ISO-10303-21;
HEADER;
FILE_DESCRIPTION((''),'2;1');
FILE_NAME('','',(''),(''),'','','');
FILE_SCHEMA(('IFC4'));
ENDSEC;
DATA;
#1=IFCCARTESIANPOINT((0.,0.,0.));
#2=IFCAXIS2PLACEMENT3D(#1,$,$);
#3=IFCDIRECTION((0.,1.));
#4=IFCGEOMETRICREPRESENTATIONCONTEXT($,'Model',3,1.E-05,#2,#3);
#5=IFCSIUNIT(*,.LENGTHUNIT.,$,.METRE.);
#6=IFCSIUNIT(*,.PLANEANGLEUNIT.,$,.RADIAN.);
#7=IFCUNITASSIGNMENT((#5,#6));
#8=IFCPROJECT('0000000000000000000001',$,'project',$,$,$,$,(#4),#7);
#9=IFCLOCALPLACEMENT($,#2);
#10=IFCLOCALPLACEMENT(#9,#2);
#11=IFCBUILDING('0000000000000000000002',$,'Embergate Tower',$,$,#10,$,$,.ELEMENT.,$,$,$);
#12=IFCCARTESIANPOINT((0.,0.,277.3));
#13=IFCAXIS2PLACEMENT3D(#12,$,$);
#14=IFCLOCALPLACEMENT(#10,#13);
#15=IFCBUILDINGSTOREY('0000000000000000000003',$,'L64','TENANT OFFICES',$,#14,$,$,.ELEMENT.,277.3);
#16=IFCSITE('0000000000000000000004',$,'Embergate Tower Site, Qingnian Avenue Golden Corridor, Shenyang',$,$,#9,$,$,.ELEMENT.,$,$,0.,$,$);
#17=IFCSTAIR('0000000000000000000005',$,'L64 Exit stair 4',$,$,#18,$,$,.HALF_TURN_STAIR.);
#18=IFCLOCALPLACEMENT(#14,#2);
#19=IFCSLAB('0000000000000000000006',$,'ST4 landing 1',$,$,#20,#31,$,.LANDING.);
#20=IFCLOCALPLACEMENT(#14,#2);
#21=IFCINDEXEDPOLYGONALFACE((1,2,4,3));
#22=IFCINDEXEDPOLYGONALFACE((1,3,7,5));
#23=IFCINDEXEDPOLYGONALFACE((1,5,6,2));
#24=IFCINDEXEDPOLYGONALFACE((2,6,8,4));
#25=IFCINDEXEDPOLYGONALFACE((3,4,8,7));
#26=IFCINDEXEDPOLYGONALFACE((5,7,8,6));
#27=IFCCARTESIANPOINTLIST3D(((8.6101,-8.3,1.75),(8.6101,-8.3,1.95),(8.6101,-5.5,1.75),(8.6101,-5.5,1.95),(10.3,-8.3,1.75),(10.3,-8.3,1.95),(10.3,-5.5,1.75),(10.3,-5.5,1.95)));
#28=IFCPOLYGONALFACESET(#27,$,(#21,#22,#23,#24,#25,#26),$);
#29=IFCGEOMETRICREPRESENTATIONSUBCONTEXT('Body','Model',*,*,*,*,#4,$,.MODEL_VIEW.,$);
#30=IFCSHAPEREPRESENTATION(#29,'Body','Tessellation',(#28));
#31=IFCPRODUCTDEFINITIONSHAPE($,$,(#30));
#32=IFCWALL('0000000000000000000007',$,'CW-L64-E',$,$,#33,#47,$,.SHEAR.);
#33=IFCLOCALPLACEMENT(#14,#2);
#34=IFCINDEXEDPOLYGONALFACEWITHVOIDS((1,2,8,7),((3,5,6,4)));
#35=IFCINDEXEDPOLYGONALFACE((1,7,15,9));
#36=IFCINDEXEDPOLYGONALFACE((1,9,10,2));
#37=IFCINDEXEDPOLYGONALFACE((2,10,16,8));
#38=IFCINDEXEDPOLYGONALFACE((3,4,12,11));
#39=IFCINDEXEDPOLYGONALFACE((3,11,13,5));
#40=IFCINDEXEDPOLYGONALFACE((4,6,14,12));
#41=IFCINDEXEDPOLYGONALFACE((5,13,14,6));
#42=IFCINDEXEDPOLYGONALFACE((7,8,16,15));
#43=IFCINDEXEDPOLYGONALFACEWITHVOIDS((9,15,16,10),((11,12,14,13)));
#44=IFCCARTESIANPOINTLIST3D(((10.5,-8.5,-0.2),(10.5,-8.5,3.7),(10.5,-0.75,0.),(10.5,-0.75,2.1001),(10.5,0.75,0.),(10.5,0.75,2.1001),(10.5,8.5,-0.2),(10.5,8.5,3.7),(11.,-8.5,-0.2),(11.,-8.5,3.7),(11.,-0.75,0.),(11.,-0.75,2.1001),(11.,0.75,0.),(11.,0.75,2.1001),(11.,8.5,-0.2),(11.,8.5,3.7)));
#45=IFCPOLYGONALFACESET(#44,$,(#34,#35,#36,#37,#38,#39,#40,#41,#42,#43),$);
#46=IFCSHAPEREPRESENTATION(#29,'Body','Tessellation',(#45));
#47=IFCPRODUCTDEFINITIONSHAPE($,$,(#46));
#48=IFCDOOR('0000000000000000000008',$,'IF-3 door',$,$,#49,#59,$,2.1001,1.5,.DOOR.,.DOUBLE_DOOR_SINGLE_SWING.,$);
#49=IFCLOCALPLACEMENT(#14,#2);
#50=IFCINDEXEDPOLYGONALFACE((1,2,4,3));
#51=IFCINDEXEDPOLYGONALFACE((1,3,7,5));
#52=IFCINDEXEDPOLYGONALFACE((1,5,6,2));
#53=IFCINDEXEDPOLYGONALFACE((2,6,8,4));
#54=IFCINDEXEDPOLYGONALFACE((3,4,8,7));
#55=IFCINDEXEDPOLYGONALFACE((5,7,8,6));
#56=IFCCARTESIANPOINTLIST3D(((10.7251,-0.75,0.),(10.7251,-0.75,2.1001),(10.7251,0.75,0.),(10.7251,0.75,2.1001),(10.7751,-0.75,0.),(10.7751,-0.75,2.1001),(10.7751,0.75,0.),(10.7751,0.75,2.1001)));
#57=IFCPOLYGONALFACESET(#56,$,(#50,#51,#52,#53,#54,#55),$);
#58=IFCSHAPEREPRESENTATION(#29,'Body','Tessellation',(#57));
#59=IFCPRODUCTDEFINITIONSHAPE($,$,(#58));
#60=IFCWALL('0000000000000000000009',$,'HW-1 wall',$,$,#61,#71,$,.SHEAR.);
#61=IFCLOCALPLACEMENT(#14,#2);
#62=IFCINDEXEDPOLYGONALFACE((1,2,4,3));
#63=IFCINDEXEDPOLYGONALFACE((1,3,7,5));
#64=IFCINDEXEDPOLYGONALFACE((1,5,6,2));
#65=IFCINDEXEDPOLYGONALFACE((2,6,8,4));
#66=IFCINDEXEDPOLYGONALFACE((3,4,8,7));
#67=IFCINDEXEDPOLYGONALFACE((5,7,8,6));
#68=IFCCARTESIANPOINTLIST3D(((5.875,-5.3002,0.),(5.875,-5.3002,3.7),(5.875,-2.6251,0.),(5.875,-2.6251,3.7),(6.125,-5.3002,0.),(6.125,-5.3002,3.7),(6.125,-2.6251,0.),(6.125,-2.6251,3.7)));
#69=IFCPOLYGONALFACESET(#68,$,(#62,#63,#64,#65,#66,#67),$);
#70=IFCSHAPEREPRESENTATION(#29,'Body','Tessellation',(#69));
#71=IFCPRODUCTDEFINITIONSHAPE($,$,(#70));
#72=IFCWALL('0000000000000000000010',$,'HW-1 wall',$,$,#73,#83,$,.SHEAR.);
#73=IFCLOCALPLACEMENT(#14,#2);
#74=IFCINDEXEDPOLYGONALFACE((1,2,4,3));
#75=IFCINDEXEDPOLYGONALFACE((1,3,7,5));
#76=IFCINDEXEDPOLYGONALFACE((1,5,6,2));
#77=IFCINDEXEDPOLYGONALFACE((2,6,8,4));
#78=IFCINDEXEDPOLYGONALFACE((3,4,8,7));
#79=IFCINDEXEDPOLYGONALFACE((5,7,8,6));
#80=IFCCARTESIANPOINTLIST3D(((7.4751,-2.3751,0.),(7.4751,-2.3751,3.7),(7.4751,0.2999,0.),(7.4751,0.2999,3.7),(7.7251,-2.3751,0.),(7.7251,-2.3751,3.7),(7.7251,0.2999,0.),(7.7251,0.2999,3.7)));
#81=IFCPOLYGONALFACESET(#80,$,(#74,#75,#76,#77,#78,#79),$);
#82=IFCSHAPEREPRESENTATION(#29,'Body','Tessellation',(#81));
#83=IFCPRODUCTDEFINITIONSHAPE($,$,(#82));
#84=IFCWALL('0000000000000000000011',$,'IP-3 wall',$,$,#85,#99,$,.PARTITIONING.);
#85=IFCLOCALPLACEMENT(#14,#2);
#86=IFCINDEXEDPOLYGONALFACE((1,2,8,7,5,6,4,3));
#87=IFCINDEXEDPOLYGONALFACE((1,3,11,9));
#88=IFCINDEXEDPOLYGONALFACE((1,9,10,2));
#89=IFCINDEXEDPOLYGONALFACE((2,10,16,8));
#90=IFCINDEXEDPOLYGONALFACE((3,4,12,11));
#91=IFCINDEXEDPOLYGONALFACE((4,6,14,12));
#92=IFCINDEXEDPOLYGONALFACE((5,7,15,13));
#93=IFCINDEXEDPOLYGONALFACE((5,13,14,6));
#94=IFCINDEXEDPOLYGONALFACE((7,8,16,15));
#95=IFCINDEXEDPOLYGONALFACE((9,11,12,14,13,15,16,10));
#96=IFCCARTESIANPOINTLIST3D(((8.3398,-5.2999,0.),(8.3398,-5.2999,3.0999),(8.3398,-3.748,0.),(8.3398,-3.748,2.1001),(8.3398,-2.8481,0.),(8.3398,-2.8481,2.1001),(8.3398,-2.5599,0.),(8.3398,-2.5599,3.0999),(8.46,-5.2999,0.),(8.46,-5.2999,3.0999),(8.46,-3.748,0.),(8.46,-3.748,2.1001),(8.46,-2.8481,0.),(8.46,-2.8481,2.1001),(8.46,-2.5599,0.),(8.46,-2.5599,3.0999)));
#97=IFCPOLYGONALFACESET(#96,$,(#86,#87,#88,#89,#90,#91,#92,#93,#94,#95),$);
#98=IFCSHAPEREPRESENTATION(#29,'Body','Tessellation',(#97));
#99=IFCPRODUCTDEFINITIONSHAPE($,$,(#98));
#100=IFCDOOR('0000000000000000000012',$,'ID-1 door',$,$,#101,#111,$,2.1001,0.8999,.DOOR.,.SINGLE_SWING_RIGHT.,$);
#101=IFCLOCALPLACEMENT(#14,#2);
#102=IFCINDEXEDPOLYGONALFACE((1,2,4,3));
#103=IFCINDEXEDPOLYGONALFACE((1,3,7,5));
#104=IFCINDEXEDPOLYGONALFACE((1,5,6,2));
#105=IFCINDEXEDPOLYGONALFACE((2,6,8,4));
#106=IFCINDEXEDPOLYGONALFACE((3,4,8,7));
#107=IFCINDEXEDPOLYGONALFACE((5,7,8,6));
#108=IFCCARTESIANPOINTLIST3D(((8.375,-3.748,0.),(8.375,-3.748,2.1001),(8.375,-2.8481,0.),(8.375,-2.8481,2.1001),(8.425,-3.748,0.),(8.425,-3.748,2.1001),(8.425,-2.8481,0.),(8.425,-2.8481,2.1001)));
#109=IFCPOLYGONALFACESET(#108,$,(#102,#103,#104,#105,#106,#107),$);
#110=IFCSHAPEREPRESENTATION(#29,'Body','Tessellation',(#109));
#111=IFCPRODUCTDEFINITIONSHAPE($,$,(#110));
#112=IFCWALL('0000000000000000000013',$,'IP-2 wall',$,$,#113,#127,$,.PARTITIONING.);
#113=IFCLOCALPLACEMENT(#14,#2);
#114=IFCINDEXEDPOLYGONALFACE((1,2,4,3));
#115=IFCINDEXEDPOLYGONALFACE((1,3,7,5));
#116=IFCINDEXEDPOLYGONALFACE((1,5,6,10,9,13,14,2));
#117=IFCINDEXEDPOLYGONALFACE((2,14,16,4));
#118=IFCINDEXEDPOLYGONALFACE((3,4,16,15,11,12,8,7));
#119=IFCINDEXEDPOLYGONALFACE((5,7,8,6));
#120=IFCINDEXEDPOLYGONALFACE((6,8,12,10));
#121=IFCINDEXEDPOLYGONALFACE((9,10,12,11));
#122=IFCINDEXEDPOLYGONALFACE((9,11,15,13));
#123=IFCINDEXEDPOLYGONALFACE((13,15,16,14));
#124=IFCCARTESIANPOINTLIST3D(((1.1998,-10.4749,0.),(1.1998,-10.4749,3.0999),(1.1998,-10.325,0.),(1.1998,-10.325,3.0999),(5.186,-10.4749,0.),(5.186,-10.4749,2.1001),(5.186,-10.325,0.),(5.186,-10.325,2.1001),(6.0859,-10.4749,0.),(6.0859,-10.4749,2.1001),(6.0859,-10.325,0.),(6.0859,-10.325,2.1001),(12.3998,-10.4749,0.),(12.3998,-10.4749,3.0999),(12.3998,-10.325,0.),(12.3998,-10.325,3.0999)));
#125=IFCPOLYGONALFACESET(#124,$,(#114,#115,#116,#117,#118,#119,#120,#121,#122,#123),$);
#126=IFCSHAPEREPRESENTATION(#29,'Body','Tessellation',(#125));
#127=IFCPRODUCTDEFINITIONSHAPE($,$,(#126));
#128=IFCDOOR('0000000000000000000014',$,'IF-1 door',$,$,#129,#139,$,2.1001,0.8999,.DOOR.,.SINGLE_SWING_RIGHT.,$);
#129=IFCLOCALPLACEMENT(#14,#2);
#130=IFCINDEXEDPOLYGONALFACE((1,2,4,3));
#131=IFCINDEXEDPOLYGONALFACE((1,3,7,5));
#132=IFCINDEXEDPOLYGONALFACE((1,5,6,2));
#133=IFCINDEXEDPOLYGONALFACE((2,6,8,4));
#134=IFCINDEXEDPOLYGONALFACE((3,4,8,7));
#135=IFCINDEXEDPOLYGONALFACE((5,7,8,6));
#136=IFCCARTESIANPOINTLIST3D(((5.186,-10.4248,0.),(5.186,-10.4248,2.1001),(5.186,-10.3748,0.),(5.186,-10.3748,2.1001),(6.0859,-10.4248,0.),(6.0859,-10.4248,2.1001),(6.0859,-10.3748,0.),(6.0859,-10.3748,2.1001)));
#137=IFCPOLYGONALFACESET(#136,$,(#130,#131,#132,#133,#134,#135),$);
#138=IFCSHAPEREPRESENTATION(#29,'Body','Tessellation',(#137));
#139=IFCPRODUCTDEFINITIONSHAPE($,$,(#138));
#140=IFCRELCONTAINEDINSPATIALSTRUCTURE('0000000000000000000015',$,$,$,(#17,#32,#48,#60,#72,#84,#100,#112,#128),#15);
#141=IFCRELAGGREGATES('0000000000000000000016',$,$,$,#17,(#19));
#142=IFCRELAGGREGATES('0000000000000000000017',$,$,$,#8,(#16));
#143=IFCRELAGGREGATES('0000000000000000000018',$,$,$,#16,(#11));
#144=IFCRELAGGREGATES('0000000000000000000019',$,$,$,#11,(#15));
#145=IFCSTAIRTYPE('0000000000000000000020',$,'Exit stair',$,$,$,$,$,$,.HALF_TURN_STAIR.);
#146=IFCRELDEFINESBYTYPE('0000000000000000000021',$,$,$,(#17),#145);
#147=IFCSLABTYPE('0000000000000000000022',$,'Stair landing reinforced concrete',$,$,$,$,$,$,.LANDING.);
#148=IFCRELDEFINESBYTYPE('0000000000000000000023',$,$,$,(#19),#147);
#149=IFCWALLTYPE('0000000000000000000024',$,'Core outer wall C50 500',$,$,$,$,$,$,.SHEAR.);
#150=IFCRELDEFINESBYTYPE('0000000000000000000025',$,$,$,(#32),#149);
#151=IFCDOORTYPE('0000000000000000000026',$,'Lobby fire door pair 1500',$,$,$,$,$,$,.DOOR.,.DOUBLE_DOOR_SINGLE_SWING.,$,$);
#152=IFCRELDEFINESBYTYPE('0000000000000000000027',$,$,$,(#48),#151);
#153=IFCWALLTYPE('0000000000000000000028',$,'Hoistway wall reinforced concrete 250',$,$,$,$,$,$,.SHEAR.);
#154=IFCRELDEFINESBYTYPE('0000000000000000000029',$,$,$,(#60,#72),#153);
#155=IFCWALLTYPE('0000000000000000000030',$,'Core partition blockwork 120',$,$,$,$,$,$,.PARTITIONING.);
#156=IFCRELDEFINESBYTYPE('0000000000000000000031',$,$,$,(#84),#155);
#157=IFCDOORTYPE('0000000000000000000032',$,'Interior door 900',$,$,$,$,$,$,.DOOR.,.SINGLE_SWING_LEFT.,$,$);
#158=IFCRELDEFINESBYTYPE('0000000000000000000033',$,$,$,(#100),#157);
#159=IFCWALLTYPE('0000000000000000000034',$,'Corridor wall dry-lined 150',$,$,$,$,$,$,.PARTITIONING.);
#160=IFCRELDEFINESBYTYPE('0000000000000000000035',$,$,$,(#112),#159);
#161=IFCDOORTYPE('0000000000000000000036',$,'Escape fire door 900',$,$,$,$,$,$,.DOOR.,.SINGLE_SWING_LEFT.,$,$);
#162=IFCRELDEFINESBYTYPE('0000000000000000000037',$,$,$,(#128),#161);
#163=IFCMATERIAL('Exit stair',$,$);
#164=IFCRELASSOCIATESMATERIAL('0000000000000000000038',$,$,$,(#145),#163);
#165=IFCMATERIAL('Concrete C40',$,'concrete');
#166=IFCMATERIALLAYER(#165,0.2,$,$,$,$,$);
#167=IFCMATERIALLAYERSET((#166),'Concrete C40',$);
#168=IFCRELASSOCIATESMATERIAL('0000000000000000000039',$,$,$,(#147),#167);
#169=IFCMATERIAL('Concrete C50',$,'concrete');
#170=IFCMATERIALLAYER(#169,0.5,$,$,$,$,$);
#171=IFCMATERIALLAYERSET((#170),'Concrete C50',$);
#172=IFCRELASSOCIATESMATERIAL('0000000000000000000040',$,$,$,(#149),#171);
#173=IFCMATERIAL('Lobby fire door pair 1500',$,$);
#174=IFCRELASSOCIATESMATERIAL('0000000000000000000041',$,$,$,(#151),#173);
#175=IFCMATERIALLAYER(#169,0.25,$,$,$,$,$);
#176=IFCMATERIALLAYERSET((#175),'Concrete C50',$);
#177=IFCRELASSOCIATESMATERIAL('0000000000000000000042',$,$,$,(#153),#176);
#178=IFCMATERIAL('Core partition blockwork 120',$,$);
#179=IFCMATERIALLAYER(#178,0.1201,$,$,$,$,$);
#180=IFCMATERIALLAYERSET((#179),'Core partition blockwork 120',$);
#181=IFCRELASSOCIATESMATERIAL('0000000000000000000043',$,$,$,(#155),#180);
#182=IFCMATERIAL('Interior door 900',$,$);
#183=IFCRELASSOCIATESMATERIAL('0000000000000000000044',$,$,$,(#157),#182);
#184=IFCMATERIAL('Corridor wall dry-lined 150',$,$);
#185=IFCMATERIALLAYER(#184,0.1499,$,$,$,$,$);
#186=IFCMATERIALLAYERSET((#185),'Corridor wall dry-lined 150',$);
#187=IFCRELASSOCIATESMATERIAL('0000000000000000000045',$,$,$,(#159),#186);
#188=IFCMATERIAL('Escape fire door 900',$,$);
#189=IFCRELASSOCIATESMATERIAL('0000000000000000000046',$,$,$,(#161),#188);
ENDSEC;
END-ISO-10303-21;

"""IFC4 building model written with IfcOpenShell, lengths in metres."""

from ifc_helpers import new_model, si_unit, direction, frame, frame_2d, origin, place, context, subcontext, project, spatial, polyline, rectangle, outline, extrude, source, transform, mapped, material, layer, layer_set, type_object, element, fill, aggregate, save


model = new_model("IFC4")

# Units and contexts
model_context = context("Model", 3, precision=1e-05, world=origin(), true_north=direction((0.0, 1.0)))
body_context = subcontext(model_context, "Body", "Model", "MODEL_VIEW")
ifc_project = project(units=[si_unit("LENGTHUNIT", "METRE"), si_unit("PLANEANGLEUNIT", "RADIAN")], contexts=[model_context])

# Site, building, storey
site_placement = place(None, origin())
site = spatial("IfcSite", under=ifc_project, at=site_placement, Name="Embergate Tower Site, Qingnian Avenue Golden Corridor, Shenyang", CompositionType="ELEMENT", RefElevation=0.0)
building_placement = place(site_placement, origin())
building = spatial("IfcBuilding", under=site, at=building_placement, Name="Embergate Tower", CompositionType="ELEMENT")
storey_placement = place(building_placement, frame((0.0, 0.0, 277.3)))
storey = spatial("IfcBuildingStorey", under=building, at=storey_placement, Name="L64", Description="TENANT OFFICES", CompositionType="ELEMENT", Elevation=277.3)

# Stair, slab
ifc_material_1 = material(Name="Exit stair")
stair_type = type_object("IfcStairType", Name="Exit stair", PredefinedType="HALF_TURN_STAIR", material=ifc_material_1)
stair_placement = place(storey_placement, origin())
stair = element("IfcStair", 1, at=stair_placement, inside=storey, type_object=stair_type, Name="L64 Exit stair 4", PredefinedType="HALF_TURN_STAIR")
ifc_material_2 = material(Name="Concrete C40", Category="concrete")
ifc_layer_1 = layer(ifc_material_2, 0.2)
ifc_layer_set_1 = layer_set([ifc_layer_1], Name="Concrete C40")
slab_type = type_object("IfcSlabType", Name="Stair landing reinforced concrete", PredefinedType="LANDING", material=ifc_layer_set_1)
shared_shape_1 = source(origin(), body_context, "Body", "SweptSolid", [
    extrude(outline(polyline([(0.0, 0.0), (1.6899, 0.0), (1.6899, 2.8), (0.0, 2.8), (0.0, 0.0)])), origin(), (0.0, 0.0, 1.0), 0.2),
])
slab_placement = place(storey_placement, frame((8.6101, -8.3, 1.75)))
slab = element("IfcSlab", 2, at=slab_placement, type_object=slab_type, Name="ST4 landing 1", PredefinedType="LANDING", context=body_context, shape_type="MappedRepresentation", body=[
    mapped(shared_shape_1, transform((0.0, 0.0, 0.0))),
])

# Wall, opening, door
ifc_material_3 = material(Name="Concrete C50", Category="concrete")
ifc_layer_2 = layer(ifc_material_3, 0.5)
ifc_layer_set_2 = layer_set([ifc_layer_2], Name="Concrete C50")
wall_type_1 = type_object("IfcWallType", Name="Core outer wall C50 500", PredefinedType="SHEAR", material=ifc_layer_set_2)
shared_shape_2 = source(origin(), body_context, "Body", "SweptSolid", [
    extrude(rectangle(XDim=17.0, YDim=0.5, at=frame_2d((8.5, 0.0))), origin(), (0.0, 0.0, 1.0), 3.8999),
])
wall_1_placement = place(storey_placement, frame((10.75, -8.5, -0.2), z_axis=(0.0, 0.0, 1.0), x_axis=(0.0, 1.0, 0.0)))
wall_1 = element("IfcWall", 3, at=wall_1_placement, inside=storey, type_object=wall_type_1, Name="CW-L64-E", PredefinedType="SHEAR", context=body_context, shape_type="MappedRepresentation", body=[
    mapped(shared_shape_2, transform((0.0, 0.0, 0.0))),
])
shared_shape_3 = source(origin(), body_context, "Body", "SweptSolid", [
    extrude(rectangle(XDim=1.5, YDim=2.1001, at=frame_2d((0.75, 1.05))), frame((0.0, 0.26, 0.0), z_axis=(0.0, -1.0, 0.0), x_axis=(1.0, 0.0, 0.0)), (0.0, 0.0, 1.0), 0.52),
])
opening_1_placement = place(wall_1_placement, frame((7.75, 0.0, 0.2)))
opening_1 = element("IfcOpeningElement", 4, at=opening_1_placement, cuts=wall_1, PredefinedType="OPENING", context=body_context, shape_type="MappedRepresentation", body=[
    mapped(shared_shape_3, transform((0.0, 0.0, 0.0))),
])
ifc_material_4 = material(Name="Lobby fire door pair 1500")
door_type_1 = type_object("IfcDoorType", Name="Lobby fire door pair 1500", OperationType="DOUBLE_DOOR_SINGLE_SWING", PredefinedType="DOOR", material=ifc_material_4)
shared_shape_4 = source(origin(), body_context, "Body", "SweptSolid", [
    extrude(rectangle(XDim=1.5, YDim=2.1001, at=frame_2d((0.75, 1.05))), frame((0.0, 0.0249, 0.0), z_axis=(0.0, -1.0, 0.0), x_axis=(1.0, 0.0, 0.0)), (0.0, 0.0, 1.0), 0.05),
])
door_1_placement = place(opening_1_placement, origin())
door_1 = element("IfcDoor", 5, at=door_1_placement, inside=storey, type_object=door_type_1, Name="IF-3 door", OperationType="DOUBLE_DOOR_SINGLE_SWING", OverallHeight=2.1001, OverallWidth=1.5, PredefinedType="DOOR", context=body_context, shape_type="MappedRepresentation", body=[
    mapped(shared_shape_4, transform((0.0, 0.0, 0.0))),
])
fill(opening_1, door_1)

# Walls
ifc_layer_3 = layer(ifc_material_3, 0.25)
ifc_layer_set_3 = layer_set([ifc_layer_3], Name="Concrete C50")
wall_type_2 = type_object("IfcWallType", Name="Hoistway wall reinforced concrete 250", PredefinedType="SHEAR", material=ifc_layer_set_3)
shared_shape_5 = source(origin(), body_context, "Body", "SweptSolid", [
    extrude(rectangle(XDim=2.675, YDim=0.25, at=frame_2d((1.3374, 0.0))), origin(), (0.0, 0.0, 1.0), 3.7),
])
for number, where, z_axis, x_axis, name in (
    (6, (6.0, -5.3, 0.0), (0.0, 0.0, 1.0), (0.0, 1.0, 0.0), "HW-1 wall"),
    (7, (7.6001, -2.375, 0.0), (0.0, 0.0, 1.0), (0.0, 1.0, 0.0), "HW-1 wall"),
):
    element("IfcWall", number, at=place(storey_placement, frame(where, z_axis=z_axis, x_axis=x_axis)), inside=storey, type_object=wall_type_2, Name=name, PredefinedType="SHEAR", context=body_context, shape_type="MappedRepresentation", body=[
        mapped(shared_shape_5, transform((0.0, 0.0, 0.0))),
    ])

# Walls, openings, doors
ifc_material_5 = material(Name="Core partition blockwork 120")
ifc_layer_4 = layer(ifc_material_5, 0.1201)
ifc_layer_set_4 = layer_set([ifc_layer_4], Name="Core partition blockwork 120")
wall_type_3 = type_object("IfcWallType", Name="Core partition blockwork 120", PredefinedType="PARTITIONING", material=ifc_layer_set_4)
shared_shape_6 = source(origin(), body_context, "Body", "SweptSolid", [
    extrude(rectangle(XDim=2.74, YDim=0.1201, at=frame_2d((1.3701, 0.0))), origin(), (0.0, 0.0, 1.0), 3.0999),
])
wall_2_placement = place(storey_placement, frame((8.3999, -5.3, 0.0), z_axis=(0.0, 0.0, 1.0), x_axis=(0.0, 1.0, 0.0)))
wall_2 = element("IfcWall", 8, at=wall_2_placement, inside=storey, type_object=wall_type_3, Name="IP-3 wall", PredefinedType="PARTITIONING", context=body_context, shape_type="MappedRepresentation", body=[
    mapped(shared_shape_6, transform((0.0, 0.0, 0.0))),
])
shared_shape_7 = source(origin(), body_context, "Body", "SweptSolid", [
    extrude(rectangle(XDim=0.8999, YDim=2.1001, at=frame_2d((0.45, 1.05))), frame((0.0, 0.0701, 0.0), z_axis=(0.0, -1.0, 0.0), x_axis=(1.0, 0.0, 0.0)), (0.0, 0.0, 1.0), 0.1401),
])
opening_2_placement = place(wall_2_placement, frame((1.552, 0.0, 0.0)))
opening_2 = element("IfcOpeningElement", 9, at=opening_2_placement, cuts=wall_2, PredefinedType="OPENING", context=body_context, shape_type="MappedRepresentation", body=[
    mapped(shared_shape_7, transform((0.0, 0.0, 0.0))),
])
ifc_material_6 = material(Name="Interior door 900")
door_type_2 = type_object("IfcDoorType", Name="Interior door 900", OperationType="SINGLE_SWING_LEFT", PredefinedType="DOOR", material=ifc_material_6)
shared_shape_8 = source(origin(), body_context, "Body", "SweptSolid", [
    extrude(rectangle(XDim=0.8999, YDim=2.1001, at=frame_2d((0.45, 1.05))), frame((0.0, 0.0249, 0.0), z_axis=(0.0, -1.0, 0.0), x_axis=(1.0, 0.0, 0.0)), (0.0, 0.0, 1.0), 0.05),
])
door_2_placement = place(opening_2_placement, origin())
door_2 = element("IfcDoor", 10, at=door_2_placement, inside=storey, type_object=door_type_2, Name="ID-1 door", OperationType="SINGLE_SWING_RIGHT", OverallHeight=2.1001, OverallWidth=0.8999, PredefinedType="DOOR", context=body_context, shape_type="MappedRepresentation", body=[
    mapped(shared_shape_8, transform((0.0, 0.0, 0.0))),
])
fill(opening_2, door_2)
ifc_material_7 = material(Name="Corridor wall dry-lined 150")
ifc_layer_5 = layer(ifc_material_7, 0.1499)
ifc_layer_set_5 = layer_set([ifc_layer_5], Name="Corridor wall dry-lined 150")
wall_type_4 = type_object("IfcWallType", Name="Corridor wall dry-lined 150", PredefinedType="PARTITIONING", material=ifc_layer_set_5)
shared_shape_9 = source(origin(), body_context, "Body", "SweptSolid", [
    extrude(rectangle(XDim=11.2, YDim=0.1499, at=frame_2d((5.6001, 0.0))), origin(), (0.0, 0.0, 1.0), 3.0999),
])
wall_3_placement = place(storey_placement, frame((12.3999, -10.3999, 0.0), z_axis=(0.0, 0.0, 1.0), x_axis=(-1.0, 0.0, 0.0)))
wall_3 = element("IfcWall", 11, at=wall_3_placement, inside=storey, type_object=wall_type_4, Name="IP-2 wall", PredefinedType="PARTITIONING", context=body_context, shape_type="MappedRepresentation", body=[
    mapped(shared_shape_9, transform((0.0, 0.0, 0.0))),
])
shared_shape_10 = source(origin(), body_context, "Body", "SweptSolid", [
    extrude(rectangle(XDim=0.8999, YDim=2.1001, at=frame_2d((0.45, 1.05))), frame((0.0, 0.085, 0.0), z_axis=(0.0, -1.0, 0.0), x_axis=(1.0, 0.0, 0.0)), (0.0, 0.0, 1.0), 0.1699),
])
opening_3_placement = place(wall_3_placement, frame((6.314, 0.0, 0.0)))
opening_3 = element("IfcOpeningElement", 12, at=opening_3_placement, cuts=wall_3, PredefinedType="OPENING", context=body_context, shape_type="MappedRepresentation", body=[
    mapped(shared_shape_10, transform((0.0, 0.0, 0.0))),
])
ifc_material_8 = material(Name="Escape fire door 900")
door_type_3 = type_object("IfcDoorType", Name="Escape fire door 900", OperationType="SINGLE_SWING_LEFT", PredefinedType="DOOR", material=ifc_material_8)
door_3_placement = place(opening_3_placement, origin())
door_3 = element("IfcDoor", 13, at=door_3_placement, inside=storey, type_object=door_type_3, Name="IF-1 door", OperationType="SINGLE_SWING_RIGHT", OverallHeight=2.1001, OverallWidth=0.8999, PredefinedType="DOOR", context=body_context, shape_type="MappedRepresentation", body=[
    mapped(shared_shape_8, transform((0.0, 0.0, 0.0))),
])
fill(opening_3, door_3)

aggregate(stair, [slab])

save(model, "model.ifc")
